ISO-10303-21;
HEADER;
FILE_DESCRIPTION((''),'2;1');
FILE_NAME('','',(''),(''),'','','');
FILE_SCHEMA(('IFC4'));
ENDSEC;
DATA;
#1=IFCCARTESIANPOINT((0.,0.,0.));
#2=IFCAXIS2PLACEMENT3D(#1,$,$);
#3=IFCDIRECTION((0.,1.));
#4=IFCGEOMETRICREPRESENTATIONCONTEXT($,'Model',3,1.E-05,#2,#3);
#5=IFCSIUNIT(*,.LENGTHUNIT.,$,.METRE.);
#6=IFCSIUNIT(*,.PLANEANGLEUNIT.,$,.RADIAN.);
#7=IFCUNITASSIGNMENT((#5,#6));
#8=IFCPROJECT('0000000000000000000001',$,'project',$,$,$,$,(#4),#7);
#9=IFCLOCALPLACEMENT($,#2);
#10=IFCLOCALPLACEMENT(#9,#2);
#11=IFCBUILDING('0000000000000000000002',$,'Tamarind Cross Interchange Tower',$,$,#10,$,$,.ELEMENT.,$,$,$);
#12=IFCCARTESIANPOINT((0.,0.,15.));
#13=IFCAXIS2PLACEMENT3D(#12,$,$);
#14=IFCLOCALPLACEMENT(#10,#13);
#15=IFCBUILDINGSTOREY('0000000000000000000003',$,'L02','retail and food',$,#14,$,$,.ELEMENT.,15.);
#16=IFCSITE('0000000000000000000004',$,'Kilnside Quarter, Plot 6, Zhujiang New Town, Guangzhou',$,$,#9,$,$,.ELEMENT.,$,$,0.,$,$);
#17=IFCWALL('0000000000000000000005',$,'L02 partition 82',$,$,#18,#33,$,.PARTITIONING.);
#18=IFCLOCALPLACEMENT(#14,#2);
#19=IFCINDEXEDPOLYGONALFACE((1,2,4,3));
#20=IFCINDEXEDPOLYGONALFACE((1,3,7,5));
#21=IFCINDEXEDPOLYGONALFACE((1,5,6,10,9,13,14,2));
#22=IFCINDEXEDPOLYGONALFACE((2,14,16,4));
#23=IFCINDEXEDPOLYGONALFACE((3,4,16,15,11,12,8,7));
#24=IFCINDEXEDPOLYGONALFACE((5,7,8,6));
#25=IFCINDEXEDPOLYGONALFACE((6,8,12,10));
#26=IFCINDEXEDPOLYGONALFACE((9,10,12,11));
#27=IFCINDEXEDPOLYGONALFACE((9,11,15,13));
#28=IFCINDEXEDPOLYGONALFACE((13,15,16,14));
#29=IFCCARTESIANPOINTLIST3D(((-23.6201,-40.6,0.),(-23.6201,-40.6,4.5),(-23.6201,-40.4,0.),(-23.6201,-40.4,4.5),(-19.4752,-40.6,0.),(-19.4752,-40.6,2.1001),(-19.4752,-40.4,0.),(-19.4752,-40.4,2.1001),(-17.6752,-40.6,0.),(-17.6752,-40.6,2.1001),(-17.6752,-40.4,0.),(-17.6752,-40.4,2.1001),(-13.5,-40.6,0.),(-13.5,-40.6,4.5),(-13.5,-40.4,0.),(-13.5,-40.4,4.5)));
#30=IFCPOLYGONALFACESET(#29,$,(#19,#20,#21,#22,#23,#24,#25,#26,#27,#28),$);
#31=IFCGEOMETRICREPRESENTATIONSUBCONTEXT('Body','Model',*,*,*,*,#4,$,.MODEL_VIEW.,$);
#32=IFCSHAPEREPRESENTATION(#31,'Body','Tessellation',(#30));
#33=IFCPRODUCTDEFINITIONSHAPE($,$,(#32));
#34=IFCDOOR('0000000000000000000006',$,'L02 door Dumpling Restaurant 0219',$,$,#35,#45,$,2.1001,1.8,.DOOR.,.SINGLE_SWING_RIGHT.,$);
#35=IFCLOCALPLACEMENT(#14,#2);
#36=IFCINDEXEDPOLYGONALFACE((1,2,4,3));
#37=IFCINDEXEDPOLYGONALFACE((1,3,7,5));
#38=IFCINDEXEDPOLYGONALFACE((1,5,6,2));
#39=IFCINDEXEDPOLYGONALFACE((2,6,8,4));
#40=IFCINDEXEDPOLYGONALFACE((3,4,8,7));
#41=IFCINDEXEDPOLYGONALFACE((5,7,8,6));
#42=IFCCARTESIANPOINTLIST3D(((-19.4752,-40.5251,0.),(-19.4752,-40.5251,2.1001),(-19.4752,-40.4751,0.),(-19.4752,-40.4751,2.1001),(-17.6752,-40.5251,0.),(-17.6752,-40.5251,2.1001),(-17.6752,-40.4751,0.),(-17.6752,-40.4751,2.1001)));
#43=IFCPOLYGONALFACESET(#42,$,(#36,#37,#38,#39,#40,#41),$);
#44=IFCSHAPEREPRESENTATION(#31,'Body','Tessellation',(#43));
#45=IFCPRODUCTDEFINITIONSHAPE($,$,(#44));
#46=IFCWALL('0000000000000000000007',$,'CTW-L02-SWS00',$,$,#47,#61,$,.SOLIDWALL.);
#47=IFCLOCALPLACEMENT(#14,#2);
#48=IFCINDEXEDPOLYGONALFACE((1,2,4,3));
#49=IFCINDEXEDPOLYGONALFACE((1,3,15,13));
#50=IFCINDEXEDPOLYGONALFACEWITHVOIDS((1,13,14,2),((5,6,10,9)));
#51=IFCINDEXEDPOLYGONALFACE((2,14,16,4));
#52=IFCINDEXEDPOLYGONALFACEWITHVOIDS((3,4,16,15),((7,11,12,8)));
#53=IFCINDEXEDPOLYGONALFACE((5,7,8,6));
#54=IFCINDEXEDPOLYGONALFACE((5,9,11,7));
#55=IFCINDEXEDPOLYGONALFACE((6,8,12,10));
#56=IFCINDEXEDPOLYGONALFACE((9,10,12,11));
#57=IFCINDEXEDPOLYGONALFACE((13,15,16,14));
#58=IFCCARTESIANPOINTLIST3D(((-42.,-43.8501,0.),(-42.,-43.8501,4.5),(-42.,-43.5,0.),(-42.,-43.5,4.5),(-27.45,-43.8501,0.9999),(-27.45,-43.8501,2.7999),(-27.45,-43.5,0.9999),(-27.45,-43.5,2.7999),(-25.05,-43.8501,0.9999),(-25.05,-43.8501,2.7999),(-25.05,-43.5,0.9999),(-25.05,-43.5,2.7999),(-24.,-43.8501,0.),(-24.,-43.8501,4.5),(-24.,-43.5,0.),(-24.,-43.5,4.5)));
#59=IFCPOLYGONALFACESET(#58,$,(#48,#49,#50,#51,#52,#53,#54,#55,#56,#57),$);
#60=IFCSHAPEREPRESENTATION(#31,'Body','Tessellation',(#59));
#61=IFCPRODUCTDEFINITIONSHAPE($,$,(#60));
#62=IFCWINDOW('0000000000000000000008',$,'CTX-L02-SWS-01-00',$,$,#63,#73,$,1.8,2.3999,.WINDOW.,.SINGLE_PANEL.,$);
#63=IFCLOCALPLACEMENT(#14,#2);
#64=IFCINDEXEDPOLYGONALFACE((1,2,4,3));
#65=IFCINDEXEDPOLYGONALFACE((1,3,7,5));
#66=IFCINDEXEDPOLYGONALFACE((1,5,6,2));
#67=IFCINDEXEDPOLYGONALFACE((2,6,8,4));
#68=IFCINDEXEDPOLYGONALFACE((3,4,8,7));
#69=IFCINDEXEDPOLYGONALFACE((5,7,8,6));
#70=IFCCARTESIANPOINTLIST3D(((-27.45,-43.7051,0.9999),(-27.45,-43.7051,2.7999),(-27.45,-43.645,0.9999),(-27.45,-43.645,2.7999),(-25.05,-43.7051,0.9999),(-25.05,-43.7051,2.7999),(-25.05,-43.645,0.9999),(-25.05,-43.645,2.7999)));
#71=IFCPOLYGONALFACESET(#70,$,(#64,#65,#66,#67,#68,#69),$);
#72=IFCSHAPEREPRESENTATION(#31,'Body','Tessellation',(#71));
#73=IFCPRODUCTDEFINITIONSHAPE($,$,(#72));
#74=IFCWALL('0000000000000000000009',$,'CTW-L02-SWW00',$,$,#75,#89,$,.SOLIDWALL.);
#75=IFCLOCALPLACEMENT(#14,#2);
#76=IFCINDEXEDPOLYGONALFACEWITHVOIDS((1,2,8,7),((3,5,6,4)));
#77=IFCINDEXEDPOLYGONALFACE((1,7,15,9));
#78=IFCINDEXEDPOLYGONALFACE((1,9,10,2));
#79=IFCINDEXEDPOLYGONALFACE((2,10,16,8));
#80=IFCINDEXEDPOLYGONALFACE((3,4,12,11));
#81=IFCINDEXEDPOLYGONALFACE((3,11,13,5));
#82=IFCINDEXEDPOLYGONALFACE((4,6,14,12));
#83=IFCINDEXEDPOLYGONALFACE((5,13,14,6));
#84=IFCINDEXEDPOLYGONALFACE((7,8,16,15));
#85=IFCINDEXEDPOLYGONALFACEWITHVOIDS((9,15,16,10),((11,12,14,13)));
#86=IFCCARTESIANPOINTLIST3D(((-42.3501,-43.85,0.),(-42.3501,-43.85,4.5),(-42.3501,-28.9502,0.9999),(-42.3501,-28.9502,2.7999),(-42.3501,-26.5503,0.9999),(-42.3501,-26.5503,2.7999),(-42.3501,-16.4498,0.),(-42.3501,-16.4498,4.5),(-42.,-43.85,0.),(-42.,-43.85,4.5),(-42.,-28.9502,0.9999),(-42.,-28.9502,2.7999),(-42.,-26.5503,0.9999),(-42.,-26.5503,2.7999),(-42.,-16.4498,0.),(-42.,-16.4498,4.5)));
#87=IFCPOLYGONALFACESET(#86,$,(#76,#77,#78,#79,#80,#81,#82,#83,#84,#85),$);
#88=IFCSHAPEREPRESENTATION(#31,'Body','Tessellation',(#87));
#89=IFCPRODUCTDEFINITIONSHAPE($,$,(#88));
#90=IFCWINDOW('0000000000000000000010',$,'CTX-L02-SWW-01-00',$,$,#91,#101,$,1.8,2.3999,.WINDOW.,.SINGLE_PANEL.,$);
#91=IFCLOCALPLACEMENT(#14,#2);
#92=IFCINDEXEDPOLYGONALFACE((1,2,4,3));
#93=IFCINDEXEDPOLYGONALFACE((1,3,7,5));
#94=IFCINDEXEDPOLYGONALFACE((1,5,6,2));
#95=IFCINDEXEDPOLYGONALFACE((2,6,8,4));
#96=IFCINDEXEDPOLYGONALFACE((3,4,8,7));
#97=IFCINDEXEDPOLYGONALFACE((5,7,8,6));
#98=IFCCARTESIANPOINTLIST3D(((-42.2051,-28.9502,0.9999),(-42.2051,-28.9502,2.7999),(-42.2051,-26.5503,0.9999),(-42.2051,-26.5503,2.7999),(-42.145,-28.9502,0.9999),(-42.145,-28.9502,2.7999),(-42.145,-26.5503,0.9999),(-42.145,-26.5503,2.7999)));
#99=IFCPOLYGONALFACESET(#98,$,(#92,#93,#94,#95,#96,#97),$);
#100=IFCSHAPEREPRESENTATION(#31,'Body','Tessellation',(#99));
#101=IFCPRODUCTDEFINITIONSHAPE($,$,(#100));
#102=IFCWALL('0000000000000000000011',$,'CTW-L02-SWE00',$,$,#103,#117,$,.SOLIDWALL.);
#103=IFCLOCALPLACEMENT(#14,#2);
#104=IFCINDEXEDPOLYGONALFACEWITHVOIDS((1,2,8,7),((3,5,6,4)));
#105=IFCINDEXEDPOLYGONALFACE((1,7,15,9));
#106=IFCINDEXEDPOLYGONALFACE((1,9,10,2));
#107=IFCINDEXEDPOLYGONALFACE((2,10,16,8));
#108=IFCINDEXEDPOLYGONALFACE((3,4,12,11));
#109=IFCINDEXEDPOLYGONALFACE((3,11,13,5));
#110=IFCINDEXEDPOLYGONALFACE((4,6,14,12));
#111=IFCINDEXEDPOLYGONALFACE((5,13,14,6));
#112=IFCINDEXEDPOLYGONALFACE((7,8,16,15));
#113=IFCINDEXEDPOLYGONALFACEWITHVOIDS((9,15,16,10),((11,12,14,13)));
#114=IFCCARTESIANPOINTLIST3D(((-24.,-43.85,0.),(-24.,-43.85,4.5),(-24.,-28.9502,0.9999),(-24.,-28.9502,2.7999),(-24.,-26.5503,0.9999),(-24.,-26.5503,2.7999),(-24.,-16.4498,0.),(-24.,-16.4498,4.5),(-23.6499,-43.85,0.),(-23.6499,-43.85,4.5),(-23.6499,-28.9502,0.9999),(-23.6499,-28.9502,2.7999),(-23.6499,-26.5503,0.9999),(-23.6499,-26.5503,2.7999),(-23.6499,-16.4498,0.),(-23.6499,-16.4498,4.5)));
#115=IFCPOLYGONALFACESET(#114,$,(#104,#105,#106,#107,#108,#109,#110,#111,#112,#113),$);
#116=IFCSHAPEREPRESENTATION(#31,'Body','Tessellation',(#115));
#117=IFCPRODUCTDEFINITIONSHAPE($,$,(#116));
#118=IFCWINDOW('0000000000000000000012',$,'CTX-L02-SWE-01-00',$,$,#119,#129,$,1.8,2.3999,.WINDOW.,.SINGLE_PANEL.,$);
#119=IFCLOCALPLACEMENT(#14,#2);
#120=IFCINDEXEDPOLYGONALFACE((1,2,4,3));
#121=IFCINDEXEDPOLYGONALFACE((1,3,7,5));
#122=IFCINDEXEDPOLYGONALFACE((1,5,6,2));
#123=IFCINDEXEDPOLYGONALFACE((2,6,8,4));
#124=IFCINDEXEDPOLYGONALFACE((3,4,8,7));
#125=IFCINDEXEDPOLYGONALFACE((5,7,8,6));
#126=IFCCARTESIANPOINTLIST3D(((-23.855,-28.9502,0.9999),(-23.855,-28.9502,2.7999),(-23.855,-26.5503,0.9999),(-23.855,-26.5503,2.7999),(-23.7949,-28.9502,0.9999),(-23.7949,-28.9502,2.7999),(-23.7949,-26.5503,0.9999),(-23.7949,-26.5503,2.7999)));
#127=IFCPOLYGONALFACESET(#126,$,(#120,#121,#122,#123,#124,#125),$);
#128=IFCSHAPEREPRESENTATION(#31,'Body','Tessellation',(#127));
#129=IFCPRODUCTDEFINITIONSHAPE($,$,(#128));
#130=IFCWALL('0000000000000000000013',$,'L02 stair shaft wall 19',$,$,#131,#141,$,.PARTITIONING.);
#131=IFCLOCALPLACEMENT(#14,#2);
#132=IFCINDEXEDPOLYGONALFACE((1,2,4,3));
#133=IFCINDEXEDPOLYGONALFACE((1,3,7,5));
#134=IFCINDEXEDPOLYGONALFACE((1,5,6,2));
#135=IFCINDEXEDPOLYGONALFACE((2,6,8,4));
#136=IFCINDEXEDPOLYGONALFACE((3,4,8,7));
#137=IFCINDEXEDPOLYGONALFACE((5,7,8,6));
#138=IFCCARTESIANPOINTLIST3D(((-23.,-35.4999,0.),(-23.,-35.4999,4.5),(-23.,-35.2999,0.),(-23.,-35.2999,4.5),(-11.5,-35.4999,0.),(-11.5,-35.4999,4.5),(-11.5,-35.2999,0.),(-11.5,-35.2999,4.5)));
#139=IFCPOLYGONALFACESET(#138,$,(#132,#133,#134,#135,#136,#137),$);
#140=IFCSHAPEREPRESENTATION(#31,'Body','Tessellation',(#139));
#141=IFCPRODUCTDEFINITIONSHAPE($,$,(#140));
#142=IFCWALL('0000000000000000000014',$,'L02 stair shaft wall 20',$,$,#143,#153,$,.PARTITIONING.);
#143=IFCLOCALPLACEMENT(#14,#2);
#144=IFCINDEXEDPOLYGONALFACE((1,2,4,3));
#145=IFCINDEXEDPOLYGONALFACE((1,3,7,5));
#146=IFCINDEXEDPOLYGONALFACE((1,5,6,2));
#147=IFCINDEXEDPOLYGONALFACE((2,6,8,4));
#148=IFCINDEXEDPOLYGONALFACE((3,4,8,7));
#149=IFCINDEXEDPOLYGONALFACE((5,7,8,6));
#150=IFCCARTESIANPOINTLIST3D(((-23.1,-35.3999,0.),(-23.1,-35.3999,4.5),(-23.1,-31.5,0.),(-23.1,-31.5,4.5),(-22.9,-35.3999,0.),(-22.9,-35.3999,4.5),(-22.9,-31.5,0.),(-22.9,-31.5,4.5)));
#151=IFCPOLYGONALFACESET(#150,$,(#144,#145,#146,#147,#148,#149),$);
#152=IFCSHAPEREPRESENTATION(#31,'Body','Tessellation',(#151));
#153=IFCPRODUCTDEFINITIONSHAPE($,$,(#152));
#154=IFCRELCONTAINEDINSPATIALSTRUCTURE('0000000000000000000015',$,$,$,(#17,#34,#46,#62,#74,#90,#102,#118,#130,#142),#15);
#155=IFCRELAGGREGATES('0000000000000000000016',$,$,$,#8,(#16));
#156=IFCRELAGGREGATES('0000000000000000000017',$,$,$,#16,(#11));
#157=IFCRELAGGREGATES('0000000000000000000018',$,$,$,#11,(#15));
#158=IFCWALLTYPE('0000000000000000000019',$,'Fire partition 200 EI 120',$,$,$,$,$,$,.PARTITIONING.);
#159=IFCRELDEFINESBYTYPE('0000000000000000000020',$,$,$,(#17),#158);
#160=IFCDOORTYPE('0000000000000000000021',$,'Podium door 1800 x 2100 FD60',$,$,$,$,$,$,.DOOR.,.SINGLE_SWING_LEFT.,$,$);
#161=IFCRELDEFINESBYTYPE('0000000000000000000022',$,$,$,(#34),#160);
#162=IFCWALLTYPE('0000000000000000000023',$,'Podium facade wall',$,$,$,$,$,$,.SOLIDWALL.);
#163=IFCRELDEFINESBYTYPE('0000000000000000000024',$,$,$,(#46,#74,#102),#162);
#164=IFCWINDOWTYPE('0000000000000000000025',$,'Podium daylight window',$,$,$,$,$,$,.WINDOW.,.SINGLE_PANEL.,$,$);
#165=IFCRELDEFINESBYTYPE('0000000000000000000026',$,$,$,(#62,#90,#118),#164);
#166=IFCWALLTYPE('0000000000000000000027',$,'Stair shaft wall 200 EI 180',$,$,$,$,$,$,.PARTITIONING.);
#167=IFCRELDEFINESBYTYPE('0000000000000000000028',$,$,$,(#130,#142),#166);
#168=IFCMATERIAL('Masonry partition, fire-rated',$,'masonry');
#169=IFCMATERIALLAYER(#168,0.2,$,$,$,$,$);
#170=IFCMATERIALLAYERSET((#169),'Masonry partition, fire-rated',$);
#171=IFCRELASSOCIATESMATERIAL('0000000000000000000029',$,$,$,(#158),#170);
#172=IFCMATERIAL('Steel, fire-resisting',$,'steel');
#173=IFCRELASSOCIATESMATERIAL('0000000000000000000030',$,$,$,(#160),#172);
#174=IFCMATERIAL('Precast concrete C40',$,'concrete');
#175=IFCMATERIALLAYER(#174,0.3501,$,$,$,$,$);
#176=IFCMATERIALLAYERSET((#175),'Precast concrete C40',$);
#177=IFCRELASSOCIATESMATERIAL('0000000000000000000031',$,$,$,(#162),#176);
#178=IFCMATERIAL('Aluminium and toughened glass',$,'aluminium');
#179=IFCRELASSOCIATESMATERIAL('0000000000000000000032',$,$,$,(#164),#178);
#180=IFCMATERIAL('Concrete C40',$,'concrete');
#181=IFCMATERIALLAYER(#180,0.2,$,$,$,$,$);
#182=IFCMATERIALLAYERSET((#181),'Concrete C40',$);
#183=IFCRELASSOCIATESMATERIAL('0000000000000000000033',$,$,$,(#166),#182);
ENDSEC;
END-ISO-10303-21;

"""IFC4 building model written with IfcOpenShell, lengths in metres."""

from ifc_helpers import new_model, si_unit, direction, frame, frame_2d, origin, place, context, subcontext, project, spatial, rectangle, extrude, material, layer, layer_set, type_object, element, fill, save


model = new_model("IFC4")

# Units and contexts
model_context = context("Model", 3, precision=1e-05, world=origin(), true_north=direction((0.0, 1.0)))
body_context = subcontext(model_context, "Body", "Model", "MODEL_VIEW")
ifc_project = project(units=[si_unit("LENGTHUNIT", "METRE"), si_unit("PLANEANGLEUNIT", "RADIAN")], contexts=[model_context])

# Site, building, storey
site_placement = place(None, origin())
site = spatial("IfcSite", under=ifc_project, at=site_placement, Name="Kilnside Quarter, Plot 6, Zhujiang New Town, Guangzhou", CompositionType="ELEMENT", RefElevation=0.0)
building_placement = place(site_placement, origin())
building = spatial("IfcBuilding", under=site, at=building_placement, Name="Tamarind Cross Interchange Tower", CompositionType="ELEMENT")
storey_placement = place(building_placement, frame((0.0, 0.0, 15.0)))
storey = spatial("IfcBuildingStorey", under=building, at=storey_placement, Name="L02", Description="retail and food", CompositionType="ELEMENT", Elevation=15.0)

# Shared definitions
ifc_material_1 = material(Name="Masonry partition, fire-rated", Category="masonry")
ifc_layer_1 = layer(ifc_material_1, 0.2)
ifc_layer_set_1 = layer_set([ifc_layer_1], Name="Masonry partition, fire-rated")
wall_type_1 = type_object("IfcWallType", Name="Fire partition 200 EI 120", PredefinedType="PARTITIONING", material=ifc_layer_set_1)

# Shared definitions
ifc_material_2 = material(Name="Steel, fire-resisting", Category="steel")

# Wall, opening, door
wall_1_placement = place(storey_placement, frame((-23.6201, -40.5, 0.0), z_axis=(0.0, 0.0, 1.0), x_axis=(1.0, 0.0, 0.0)))
wall_1 = element("IfcWall", 1, at=wall_1_placement, inside=storey, type_object=wall_type_1, Name="L02 partition 82", PredefinedType="PARTITIONING", context=body_context, shape_type="SweptSolid", body=[
    extrude(rectangle(XDim=10.1201, YDim=0.2, at=frame_2d((5.0601, 0.0))), origin(), (0.0, 0.0, 1.0), 4.5),
])
opening_1_placement = place(wall_1_placement, frame((4.145, 0.0, 0.0)))
opening_1 = element("IfcOpeningElement", 2, at=opening_1_placement, cuts=wall_1, PredefinedType="OPENING", context=body_context, shape_type="SweptSolid", body=[
    extrude(rectangle(XDim=1.8, YDim=2.1001, at=frame_2d((0.8999, 1.05))), frame((0.0, 0.1099, 0.0), z_axis=(0.0, -1.0, 0.0), x_axis=(1.0, 0.0, 0.0)), (0.0, 0.0, 1.0), 0.22),
])
door_type_1 = type_object("IfcDoorType", Name="Podium door 1800 x 2100 FD60", OperationType="SINGLE_SWING_LEFT", PredefinedType="DOOR", material=ifc_material_2)
door_1_placement = place(opening_1_placement, origin())
door_1 = element("IfcDoor", 3, at=door_1_placement, inside=storey, type_object=door_type_1, Name="L02 door Dumpling Restaurant 0219", OperationType="SINGLE_SWING_RIGHT", OverallHeight=2.1001, OverallWidth=1.8, PredefinedType="DOOR", context=body_context, shape_type="SweptSolid", body=[
    extrude(rectangle(XDim=1.8, YDim=2.1001, at=frame_2d((0.8999, 1.05))), frame((0.0, 0.0249, 0.0), z_axis=(0.0, -1.0, 0.0), x_axis=(1.0, 0.0, 0.0)), (0.0, 0.0, 1.0), 0.05),
])
fill(opening_1, door_1)

# Walls, openings, windows
ifc_material_3 = material(Name="Precast concrete C40", Category="concrete")
ifc_layer_2 = layer(ifc_material_3, 0.3501)
ifc_layer_set_2 = layer_set([ifc_layer_2], Name="Precast concrete C40")
wall_type_2 = type_object("IfcWallType", Name="Podium facade wall", PredefinedType="SOLIDWALL", material=ifc_layer_set_2)
wall_2_placement = place(storey_placement, frame((-42.0, -43.675, 0.0), z_axis=(0.0, 0.0, 1.0), x_axis=(1.0, 0.0, 0.0)))
wall_2 = element("IfcWall", 4, at=wall_2_placement, inside=storey, type_object=wall_type_2, Name="CTW-L02-SWS00", PredefinedType="SOLIDWALL", context=body_context, shape_type="SweptSolid", body=[
    extrude(rectangle(XDim=18.0, YDim=0.3501, at=frame_2d((9.0, 0.0))), origin(), (0.0, 0.0, 1.0), 4.5),
])
opening_2_placement = place(wall_2_placement, frame((14.55, 0.0, 1.0)))
opening_2 = element("IfcOpeningElement", 5, at=opening_2_placement, cuts=wall_2, PredefinedType="OPENING", context=body_context, shape_type="SweptSolid", body=[
    extrude(rectangle(XDim=2.3999, YDim=1.8, at=frame_2d((1.2, 0.8999))), frame((0.0, 0.1851, 0.0), z_axis=(0.0, -1.0, 0.0), x_axis=(1.0, 0.0, 0.0)), (0.0, 0.0, 1.0), 0.3701),
])
ifc_material_4 = material(Name="Aluminium and toughened glass", Category="aluminium")
window_type = type_object("IfcWindowType", Name="Podium daylight window", PartitioningType="SINGLE_PANEL", PredefinedType="WINDOW", material=ifc_material_4)
window_1_placement = place(opening_2_placement, origin())
window_1 = element("IfcWindow", 6, at=window_1_placement, inside=storey, type_object=window_type, Name="CTX-L02-SWS-01-00", OverallHeight=1.8, OverallWidth=2.3999, PartitioningType="SINGLE_PANEL", PredefinedType="WINDOW", context=body_context, shape_type="SweptSolid", body=[
    extrude(rectangle(XDim=2.3999, YDim=1.8, at=frame_2d((1.2, 0.8999))), frame((0.0, 0.03, 0.0), z_axis=(0.0, -1.0, 0.0), x_axis=(1.0, 0.0, 0.0)), (0.0, 0.0, 1.0), 0.0601),
])
fill(opening_2, window_1)
wall_3_placement = place(storey_placement, frame((-42.175, -43.8501, 0.0), z_axis=(0.0, 0.0, 1.0), x_axis=(0.0, 1.0, 0.0)))
wall_3 = element("IfcWall", 7, at=wall_3_placement, inside=storey, type_object=wall_type_2, Name="CTW-L02-SWW00", PredefinedType="SOLIDWALL", context=body_context, shape_type="SweptSolid", body=[
    extrude(rectangle(XDim=27.4001, YDim=0.3501, at=frame_2d((13.7002, 0.0))), origin(), (0.0, 0.0, 1.0), 4.5),
])
opening_3_placement = place(wall_3_placement, frame((14.8999, 0.0, 1.0)))
opening_3 = element("IfcOpeningElement", 8, at=opening_3_placement, cuts=wall_3, PredefinedType="OPENING", context=body_context, shape_type="SweptSolid", body=[
    extrude(rectangle(XDim=2.3999, YDim=1.8, at=frame_2d((1.2, 0.8999))), frame((0.0, 0.1851, 0.0), z_axis=(0.0, -1.0, 0.0), x_axis=(1.0, 0.0, 0.0)), (0.0, 0.0, 1.0), 0.3701),
])
window_2_placement = place(opening_3_placement, origin())
window_2 = element("IfcWindow", 9, at=window_2_placement, inside=storey, type_object=window_type, Name="CTX-L02-SWW-01-00", OverallHeight=1.8, OverallWidth=2.3999, PartitioningType="SINGLE_PANEL", PredefinedType="WINDOW", context=body_context, shape_type="SweptSolid", body=[
    extrude(rectangle(XDim=2.3999, YDim=1.8, at=frame_2d((1.2, 0.8999))), frame((0.0, 0.03, 0.0), z_axis=(0.0, -1.0, 0.0), x_axis=(1.0, 0.0, 0.0)), (0.0, 0.0, 1.0), 0.0601),
])
fill(opening_3, window_2)
wall_4_placement = place(storey_placement, frame((-23.825, -43.8501, 0.0), z_axis=(0.0, 0.0, 1.0), x_axis=(0.0, 1.0, 0.0)))
wall_4 = element("IfcWall", 10, at=wall_4_placement, inside=storey, type_object=wall_type_2, Name="CTW-L02-SWE00", PredefinedType="SOLIDWALL", context=body_context, shape_type="SweptSolid", body=[
    extrude(rectangle(XDim=27.4001, YDim=0.3501, at=frame_2d((13.7002, 0.0))), origin(), (0.0, 0.0, 1.0), 4.5),
])
opening_4_placement = place(wall_4_placement, frame((14.8999, 0.0, 1.0)))
opening_4 = element("IfcOpeningElement", 11, at=opening_4_placement, cuts=wall_4, PredefinedType="OPENING", context=body_context, shape_type="SweptSolid", body=[
    extrude(rectangle(XDim=2.3999, YDim=1.8, at=frame_2d((1.2, 0.8999))), frame((0.0, 0.1851, 0.0), z_axis=(0.0, -1.0, 0.0), x_axis=(1.0, 0.0, 0.0)), (0.0, 0.0, 1.0), 0.3701),
])
window_3_placement = place(opening_4_placement, origin())
window_3 = element("IfcWindow", 12, at=window_3_placement, inside=storey, type_object=window_type, Name="CTX-L02-SWE-01-00", OverallHeight=1.8, OverallWidth=2.3999, PartitioningType="SINGLE_PANEL", PredefinedType="WINDOW", context=body_context, shape_type="SweptSolid", body=[
    extrude(rectangle(XDim=2.3999, YDim=1.8, at=frame_2d((1.2, 0.8999))), frame((0.0, 0.03, 0.0), z_axis=(0.0, -1.0, 0.0), x_axis=(1.0, 0.0, 0.0)), (0.0, 0.0, 1.0), 0.0601),
])
fill(opening_4, window_3)

# Walls
ifc_material_5 = material(Name="Concrete C40", Category="concrete")
ifc_layer_3 = layer(ifc_material_5, 0.2)
ifc_layer_set_3 = layer_set([ifc_layer_3], Name="Concrete C40")
wall_type_3 = type_object("IfcWallType", Name="Stair shaft wall 200 EI 180", PredefinedType="PARTITIONING", material=ifc_layer_set_3)
wall_5_placement = place(storey_placement, frame((-23.0, -35.3999, 0.0), z_axis=(0.0, 0.0, 1.0), x_axis=(1.0, 0.0, 0.0)))
element("IfcWall", 13, at=wall_5_placement, inside=storey, type_object=wall_type_3, Name="L02 stair shaft wall 19", PredefinedType="PARTITIONING", context=body_context, shape_type="SweptSolid", body=[
    extrude(rectangle(XDim=11.5, YDim=0.2, at=frame_2d((5.75, 0.0))), origin(), (0.0, 0.0, 1.0), 4.5),
])
wall_6_placement = place(storey_placement, frame((-23.0, -35.3999, 0.0), z_axis=(0.0, 0.0, 1.0), x_axis=(0.0, 1.0, 0.0)))
element("IfcWall", 14, at=wall_6_placement, inside=storey, type_object=wall_type_3, Name="L02 stair shaft wall 20", PredefinedType="PARTITIONING", context=body_context, shape_type="SweptSolid", body=[
    extrude(rectangle(XDim=3.8999, YDim=0.2, at=frame_2d((1.95, 0.0))), origin(), (0.0, 0.0, 1.0), 4.5),
])

save(model, "model.ifc")
